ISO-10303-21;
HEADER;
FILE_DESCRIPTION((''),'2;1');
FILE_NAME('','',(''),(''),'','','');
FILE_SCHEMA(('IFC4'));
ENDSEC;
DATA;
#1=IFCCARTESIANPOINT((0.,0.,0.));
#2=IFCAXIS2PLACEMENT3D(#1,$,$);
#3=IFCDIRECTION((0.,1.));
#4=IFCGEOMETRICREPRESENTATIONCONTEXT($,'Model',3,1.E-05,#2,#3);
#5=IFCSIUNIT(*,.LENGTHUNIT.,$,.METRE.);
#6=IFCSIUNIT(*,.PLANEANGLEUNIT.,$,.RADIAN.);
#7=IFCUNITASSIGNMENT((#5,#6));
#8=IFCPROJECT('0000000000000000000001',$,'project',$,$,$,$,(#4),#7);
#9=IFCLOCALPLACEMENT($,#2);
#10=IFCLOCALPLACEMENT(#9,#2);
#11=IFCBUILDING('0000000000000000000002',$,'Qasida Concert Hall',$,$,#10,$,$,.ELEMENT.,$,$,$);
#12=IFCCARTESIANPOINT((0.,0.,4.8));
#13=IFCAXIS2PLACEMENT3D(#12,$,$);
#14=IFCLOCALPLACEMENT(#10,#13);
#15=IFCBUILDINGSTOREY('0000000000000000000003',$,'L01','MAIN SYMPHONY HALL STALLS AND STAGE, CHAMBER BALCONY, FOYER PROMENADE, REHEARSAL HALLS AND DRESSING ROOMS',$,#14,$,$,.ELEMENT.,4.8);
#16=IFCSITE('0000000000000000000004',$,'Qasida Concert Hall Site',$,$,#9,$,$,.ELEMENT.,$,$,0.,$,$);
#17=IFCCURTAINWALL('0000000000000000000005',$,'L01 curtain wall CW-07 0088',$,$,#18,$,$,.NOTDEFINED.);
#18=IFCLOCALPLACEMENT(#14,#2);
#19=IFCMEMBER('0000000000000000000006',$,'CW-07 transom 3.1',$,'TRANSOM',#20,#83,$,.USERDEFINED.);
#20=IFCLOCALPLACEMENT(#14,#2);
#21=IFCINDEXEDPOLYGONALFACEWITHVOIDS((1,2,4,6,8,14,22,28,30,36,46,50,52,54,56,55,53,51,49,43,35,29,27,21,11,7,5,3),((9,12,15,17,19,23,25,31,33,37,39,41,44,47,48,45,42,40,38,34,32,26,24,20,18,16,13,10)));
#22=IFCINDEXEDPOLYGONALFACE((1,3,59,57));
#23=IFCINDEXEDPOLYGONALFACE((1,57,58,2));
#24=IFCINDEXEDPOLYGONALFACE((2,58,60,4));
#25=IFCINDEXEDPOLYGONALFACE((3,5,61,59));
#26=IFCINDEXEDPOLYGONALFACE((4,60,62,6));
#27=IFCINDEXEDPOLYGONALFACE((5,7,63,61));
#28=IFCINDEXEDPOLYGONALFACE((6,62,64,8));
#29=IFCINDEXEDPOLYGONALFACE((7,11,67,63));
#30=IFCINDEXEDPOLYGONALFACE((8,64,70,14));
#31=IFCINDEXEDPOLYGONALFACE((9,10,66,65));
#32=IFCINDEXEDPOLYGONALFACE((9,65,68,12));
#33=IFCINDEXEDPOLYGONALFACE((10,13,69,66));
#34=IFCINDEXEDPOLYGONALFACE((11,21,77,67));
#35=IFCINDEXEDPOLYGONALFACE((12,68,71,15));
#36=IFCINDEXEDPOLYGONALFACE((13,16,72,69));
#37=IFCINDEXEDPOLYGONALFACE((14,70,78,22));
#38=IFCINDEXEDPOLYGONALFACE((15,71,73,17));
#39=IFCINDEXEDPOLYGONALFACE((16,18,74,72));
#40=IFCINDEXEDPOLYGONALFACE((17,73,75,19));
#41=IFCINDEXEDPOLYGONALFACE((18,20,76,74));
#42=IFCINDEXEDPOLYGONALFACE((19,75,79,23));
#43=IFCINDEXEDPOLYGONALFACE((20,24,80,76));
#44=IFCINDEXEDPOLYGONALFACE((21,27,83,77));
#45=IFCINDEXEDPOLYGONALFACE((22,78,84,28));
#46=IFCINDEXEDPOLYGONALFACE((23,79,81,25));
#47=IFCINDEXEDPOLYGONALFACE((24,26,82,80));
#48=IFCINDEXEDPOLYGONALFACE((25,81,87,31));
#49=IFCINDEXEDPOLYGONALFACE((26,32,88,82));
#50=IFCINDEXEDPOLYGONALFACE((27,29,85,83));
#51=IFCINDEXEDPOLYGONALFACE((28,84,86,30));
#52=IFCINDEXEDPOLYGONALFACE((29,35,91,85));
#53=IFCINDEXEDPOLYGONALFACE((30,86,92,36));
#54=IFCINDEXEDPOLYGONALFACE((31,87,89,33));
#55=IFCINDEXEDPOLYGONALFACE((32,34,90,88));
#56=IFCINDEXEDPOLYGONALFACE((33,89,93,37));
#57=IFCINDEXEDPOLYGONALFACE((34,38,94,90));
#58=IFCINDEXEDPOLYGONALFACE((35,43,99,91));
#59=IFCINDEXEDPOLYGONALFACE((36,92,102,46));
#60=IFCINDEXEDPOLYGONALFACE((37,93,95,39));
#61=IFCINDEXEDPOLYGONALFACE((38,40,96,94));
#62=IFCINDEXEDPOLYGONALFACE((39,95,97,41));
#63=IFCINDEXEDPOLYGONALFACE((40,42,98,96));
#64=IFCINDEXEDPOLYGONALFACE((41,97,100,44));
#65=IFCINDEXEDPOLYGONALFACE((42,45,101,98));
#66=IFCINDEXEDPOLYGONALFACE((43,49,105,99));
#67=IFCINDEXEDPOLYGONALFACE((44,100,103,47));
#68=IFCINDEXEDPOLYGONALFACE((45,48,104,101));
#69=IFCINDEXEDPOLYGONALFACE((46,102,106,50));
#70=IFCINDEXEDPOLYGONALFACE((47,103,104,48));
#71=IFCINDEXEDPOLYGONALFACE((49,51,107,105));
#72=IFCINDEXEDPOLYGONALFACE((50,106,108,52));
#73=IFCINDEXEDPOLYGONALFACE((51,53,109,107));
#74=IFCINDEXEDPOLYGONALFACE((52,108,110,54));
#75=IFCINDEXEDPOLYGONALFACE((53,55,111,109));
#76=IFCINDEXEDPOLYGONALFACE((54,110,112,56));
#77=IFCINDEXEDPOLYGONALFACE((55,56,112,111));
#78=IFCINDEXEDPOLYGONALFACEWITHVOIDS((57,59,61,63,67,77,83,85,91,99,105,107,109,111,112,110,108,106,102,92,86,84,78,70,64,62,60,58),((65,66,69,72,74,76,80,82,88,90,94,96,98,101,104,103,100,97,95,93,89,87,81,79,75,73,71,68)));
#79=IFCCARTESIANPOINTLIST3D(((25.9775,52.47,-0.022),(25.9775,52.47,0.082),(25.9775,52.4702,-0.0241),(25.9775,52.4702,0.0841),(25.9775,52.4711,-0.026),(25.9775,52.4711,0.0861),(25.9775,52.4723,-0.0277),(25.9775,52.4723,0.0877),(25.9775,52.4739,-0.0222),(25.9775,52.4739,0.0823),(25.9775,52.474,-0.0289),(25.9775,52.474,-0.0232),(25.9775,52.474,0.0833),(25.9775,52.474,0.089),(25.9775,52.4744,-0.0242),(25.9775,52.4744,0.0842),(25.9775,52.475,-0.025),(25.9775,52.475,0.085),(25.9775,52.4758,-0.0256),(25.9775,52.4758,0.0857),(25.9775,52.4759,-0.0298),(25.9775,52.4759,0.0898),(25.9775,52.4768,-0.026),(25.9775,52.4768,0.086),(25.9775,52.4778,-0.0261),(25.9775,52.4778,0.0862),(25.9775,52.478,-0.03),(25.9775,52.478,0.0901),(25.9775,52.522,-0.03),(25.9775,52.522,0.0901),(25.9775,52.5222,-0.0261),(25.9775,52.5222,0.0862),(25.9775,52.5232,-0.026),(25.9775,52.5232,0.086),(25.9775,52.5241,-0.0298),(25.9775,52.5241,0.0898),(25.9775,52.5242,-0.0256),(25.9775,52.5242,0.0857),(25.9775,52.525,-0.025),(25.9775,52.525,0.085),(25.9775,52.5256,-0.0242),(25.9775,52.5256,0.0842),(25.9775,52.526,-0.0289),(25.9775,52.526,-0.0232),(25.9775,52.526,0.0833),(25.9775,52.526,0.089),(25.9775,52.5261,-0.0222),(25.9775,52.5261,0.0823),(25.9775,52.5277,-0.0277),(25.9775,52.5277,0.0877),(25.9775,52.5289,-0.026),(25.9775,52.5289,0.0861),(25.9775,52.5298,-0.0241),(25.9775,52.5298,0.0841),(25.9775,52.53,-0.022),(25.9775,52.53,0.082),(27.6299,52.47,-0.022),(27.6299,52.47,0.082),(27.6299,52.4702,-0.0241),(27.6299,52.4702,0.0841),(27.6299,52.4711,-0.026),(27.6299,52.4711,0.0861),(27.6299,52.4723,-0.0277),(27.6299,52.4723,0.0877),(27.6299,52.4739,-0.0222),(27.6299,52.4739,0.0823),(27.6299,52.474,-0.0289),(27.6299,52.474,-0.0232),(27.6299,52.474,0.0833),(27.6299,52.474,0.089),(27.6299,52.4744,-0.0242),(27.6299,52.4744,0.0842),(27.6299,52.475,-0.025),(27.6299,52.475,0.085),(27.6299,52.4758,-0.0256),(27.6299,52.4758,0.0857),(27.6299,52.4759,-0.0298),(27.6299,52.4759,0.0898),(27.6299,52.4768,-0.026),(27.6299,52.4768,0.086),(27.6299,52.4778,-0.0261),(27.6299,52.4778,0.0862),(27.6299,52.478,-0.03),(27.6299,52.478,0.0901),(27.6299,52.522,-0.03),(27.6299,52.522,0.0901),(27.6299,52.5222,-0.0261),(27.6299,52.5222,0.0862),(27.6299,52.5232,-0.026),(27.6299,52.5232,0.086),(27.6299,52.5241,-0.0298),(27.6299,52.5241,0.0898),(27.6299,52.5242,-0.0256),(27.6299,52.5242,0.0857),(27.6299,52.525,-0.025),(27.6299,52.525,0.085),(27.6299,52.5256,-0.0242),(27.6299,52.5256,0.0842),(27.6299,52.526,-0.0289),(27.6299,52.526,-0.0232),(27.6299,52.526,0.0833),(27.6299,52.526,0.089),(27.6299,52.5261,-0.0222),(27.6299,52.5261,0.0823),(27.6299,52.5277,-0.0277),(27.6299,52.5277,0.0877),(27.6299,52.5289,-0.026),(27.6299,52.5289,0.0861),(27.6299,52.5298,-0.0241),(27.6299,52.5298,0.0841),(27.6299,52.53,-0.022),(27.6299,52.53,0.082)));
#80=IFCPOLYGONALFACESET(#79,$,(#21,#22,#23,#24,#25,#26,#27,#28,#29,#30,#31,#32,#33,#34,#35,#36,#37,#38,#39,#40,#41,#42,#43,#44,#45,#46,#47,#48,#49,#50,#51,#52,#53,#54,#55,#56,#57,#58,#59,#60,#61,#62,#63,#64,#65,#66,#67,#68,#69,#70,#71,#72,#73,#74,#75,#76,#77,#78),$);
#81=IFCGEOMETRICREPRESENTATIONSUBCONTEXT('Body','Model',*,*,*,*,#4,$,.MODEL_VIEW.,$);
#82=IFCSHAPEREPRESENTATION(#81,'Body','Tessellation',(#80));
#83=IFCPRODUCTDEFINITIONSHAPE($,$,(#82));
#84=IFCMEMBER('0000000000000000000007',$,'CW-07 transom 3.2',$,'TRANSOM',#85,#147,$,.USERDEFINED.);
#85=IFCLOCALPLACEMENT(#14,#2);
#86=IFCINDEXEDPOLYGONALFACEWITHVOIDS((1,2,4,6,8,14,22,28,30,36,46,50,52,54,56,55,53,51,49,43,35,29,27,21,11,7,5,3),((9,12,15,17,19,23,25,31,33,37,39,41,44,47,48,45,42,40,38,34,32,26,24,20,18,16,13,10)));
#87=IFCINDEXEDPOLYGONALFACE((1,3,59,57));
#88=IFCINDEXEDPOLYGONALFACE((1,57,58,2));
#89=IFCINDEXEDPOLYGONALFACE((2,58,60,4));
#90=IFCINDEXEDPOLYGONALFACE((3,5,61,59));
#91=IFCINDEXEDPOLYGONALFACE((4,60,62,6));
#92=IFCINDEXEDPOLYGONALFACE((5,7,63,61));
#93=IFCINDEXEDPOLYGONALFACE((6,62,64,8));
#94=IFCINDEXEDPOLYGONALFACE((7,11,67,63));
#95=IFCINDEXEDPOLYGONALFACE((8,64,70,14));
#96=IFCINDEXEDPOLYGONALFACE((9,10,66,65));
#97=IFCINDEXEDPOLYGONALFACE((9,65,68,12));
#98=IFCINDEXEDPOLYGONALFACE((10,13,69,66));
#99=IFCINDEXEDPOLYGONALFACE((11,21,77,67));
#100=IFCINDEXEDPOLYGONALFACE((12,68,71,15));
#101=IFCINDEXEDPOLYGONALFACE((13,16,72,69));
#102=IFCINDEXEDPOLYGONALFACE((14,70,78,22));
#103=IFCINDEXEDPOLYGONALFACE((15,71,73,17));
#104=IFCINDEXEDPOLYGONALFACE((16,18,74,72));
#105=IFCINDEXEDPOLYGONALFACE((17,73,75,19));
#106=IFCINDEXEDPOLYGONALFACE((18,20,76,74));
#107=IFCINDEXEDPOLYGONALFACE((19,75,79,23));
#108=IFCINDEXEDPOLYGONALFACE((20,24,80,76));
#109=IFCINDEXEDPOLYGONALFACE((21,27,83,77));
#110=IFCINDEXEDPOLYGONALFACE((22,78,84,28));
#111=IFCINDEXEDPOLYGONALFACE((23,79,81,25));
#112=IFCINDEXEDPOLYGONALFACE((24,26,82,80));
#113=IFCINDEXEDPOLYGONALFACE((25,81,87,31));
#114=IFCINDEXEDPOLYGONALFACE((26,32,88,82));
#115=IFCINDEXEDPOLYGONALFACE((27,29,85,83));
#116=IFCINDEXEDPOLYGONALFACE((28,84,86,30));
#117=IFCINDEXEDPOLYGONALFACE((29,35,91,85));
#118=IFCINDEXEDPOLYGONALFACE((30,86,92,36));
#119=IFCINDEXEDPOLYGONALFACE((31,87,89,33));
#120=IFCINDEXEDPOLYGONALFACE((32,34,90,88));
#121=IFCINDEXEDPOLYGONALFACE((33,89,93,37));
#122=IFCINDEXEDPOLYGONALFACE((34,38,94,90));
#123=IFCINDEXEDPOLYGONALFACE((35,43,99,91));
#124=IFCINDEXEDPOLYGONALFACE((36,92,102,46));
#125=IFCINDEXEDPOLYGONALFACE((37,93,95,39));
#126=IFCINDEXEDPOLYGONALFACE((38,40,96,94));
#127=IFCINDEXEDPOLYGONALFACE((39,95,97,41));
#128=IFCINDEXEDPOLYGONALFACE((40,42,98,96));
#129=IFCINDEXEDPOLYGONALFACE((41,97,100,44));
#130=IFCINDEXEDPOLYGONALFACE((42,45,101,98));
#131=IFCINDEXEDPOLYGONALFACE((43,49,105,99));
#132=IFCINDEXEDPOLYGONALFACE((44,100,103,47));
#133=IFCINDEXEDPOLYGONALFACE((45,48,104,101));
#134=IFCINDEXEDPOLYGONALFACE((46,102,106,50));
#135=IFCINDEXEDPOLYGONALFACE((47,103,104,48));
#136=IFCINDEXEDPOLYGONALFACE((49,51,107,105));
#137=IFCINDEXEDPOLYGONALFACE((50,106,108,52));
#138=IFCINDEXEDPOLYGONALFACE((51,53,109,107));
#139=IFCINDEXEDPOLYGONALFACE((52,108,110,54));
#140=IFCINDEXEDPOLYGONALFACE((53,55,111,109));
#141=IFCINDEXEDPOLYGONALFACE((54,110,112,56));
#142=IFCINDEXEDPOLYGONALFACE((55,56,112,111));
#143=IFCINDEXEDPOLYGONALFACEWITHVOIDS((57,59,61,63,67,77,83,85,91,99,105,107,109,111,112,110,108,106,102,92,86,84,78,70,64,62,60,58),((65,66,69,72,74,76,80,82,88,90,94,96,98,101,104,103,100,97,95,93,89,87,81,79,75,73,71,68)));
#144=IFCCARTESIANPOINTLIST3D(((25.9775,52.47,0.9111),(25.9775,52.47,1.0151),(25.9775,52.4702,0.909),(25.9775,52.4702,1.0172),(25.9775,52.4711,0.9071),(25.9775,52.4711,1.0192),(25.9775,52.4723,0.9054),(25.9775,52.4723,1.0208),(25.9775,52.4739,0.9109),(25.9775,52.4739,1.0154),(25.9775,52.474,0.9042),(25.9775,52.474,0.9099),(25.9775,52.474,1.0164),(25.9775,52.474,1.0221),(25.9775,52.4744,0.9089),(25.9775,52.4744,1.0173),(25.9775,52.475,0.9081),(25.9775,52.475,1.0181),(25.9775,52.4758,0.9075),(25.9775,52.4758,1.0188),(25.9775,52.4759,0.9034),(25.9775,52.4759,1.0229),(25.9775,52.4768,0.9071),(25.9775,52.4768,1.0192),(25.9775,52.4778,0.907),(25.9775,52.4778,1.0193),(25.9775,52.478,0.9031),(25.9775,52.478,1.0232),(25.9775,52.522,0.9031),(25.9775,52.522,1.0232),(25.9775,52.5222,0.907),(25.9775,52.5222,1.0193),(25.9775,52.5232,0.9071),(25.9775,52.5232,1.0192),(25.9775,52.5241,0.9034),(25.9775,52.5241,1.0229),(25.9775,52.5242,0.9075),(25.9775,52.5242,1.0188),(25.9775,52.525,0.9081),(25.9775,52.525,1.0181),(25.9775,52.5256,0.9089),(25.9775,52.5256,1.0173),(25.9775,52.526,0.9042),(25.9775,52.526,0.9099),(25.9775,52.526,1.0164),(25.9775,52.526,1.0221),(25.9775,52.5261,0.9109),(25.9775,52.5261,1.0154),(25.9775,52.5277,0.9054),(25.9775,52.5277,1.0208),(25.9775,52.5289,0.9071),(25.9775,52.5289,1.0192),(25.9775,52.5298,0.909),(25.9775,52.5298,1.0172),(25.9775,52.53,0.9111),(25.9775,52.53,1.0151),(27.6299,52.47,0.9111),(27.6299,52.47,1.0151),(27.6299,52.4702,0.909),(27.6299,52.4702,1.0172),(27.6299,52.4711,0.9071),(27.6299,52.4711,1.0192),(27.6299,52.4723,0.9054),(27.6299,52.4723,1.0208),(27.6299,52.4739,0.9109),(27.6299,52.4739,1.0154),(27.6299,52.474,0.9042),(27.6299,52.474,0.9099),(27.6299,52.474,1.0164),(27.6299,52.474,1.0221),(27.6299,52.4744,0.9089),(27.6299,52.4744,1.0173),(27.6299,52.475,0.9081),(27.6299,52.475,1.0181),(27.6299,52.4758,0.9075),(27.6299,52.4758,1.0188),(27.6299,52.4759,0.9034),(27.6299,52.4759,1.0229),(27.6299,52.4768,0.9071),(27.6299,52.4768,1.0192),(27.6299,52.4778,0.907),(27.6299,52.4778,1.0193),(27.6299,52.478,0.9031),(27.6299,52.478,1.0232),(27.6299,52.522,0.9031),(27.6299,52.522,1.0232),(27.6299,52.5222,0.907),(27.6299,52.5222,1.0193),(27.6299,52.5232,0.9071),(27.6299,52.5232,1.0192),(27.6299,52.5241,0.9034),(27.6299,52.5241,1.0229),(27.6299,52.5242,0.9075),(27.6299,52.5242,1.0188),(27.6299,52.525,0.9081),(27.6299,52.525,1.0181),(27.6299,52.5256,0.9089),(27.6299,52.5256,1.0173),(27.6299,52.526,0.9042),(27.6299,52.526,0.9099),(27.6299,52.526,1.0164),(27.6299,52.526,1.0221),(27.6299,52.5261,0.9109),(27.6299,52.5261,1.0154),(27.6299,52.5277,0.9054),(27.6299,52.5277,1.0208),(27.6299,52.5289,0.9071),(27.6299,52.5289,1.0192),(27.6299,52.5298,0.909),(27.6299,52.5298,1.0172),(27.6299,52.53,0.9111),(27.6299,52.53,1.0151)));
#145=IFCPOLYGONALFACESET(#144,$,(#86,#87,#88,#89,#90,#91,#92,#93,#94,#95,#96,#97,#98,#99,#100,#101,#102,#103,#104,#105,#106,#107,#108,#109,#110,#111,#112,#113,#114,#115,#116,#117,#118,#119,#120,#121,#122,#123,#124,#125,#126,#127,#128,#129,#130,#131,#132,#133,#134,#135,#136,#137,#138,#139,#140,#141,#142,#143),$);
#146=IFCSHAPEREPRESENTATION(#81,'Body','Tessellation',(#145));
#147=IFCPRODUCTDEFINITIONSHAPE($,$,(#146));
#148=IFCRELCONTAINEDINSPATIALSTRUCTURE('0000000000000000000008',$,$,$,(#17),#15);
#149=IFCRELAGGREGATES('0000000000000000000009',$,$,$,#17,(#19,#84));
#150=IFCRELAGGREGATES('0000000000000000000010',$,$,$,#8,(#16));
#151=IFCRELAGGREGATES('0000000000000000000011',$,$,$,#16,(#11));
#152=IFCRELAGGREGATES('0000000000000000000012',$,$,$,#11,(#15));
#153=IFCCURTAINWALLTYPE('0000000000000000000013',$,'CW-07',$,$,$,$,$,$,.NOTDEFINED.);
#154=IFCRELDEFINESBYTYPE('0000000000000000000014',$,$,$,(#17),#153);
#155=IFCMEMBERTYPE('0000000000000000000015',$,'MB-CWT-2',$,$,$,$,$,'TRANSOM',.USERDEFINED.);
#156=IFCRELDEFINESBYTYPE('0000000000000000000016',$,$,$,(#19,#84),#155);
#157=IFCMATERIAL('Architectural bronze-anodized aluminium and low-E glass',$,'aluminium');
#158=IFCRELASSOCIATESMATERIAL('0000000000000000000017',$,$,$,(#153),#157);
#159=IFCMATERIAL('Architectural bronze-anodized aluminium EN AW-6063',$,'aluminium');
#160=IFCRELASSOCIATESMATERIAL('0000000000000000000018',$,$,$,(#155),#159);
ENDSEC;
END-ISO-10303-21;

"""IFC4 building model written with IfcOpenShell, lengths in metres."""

from ifc_helpers import new_model, si_unit, direction, frame, origin, origin_2d, place, context, subcontext, project, spatial, hollow_rectangle, extrude, material, material_profile, profile_set, type_object, element, aggregate, save


model = new_model("IFC4")

# Units and contexts
model_context = context("Model", 3, precision=1e-05, world=origin(), true_north=direction((0.0, 1.0)))
body_context = subcontext(model_context, "Body", "Model", "MODEL_VIEW")
ifc_project = project(units=[si_unit("LENGTHUNIT", "METRE"), si_unit("PLANEANGLEUNIT", "RADIAN")], contexts=[model_context])

# Site, building, storey
site_placement = place(None, origin())
site = spatial("IfcSite", under=ifc_project, at=site_placement, Name="Qasida Concert Hall Site", CompositionType="ELEMENT", RefElevation=0.0)
building_placement = place(site_placement, origin())
building = spatial("IfcBuilding", under=site, at=building_placement, Name="Qasida Concert Hall", CompositionType="ELEMENT")
storey_placement = place(building_placement, frame((0.0, 0.0, 4.8)))
storey = spatial("IfcBuildingStorey", under=building, at=storey_placement, Name="L01", Description="MAIN SYMPHONY HALL STALLS AND STAGE, CHAMBER BALCONY, FOYER PROMENADE, REHEARSAL HALLS AND DRESSING ROOMS", CompositionType="ELEMENT", Elevation=4.8)

# Curtain wall, members
ifc_material_1 = material(Name="Architectural bronze-anodized aluminium and low-E glass", Category="aluminium")
curtain_wall_type = type_object("IfcCurtainWallType", Name="CW-07", PredefinedType="NOTDEFINED", material=ifc_material_1)
curtain_wall_placement = place(storey_placement, origin())
curtain_wall = element("IfcCurtainWall", 1, at=curtain_wall_placement, inside=storey, type_object=curtain_wall_type, Name="L01 curtain wall CW-07 0088", PredefinedType="NOTDEFINED")
ifc_material_2 = material(Name="Architectural bronze-anodized aluminium EN AW-6063", Category="aluminium")
ifc_material_profile_1 = material_profile(ifc_material_2, hollow_rectangle(XDim=0.0601, YDim=0.1201, WallThickness=0.0039, InnerFilletRadius=0.0039, OuterFilletRadius=0.0081, at=origin_2d()), Name="CWT 120x60x4")
ifc_profile_set_1 = profile_set([ifc_material_profile_1], Name="Architectural bronze-anodized aluminium EN AW-6063")
member_type_1 = type_object("IfcMemberType", Name="MB-CWT-2", ElementType="TRANSOM", PredefinedType="USERDEFINED", material=ifc_profile_set_1)
member_1_placement = place(storey_placement, frame((25.9775, 52.5, 0.03), z_axis=(1.0, 0.0, 0.0), x_axis=(0.0, 1.0, 0.0)))
member_1 = element("IfcMember", 2, at=member_1_placement, type_object=member_type_1, Name="CW-07 transom 3.1", ObjectType="TRANSOM", PredefinedType="USERDEFINED", context=body_context, shape_type="SweptSolid", body=[
    extrude(hollow_rectangle(XDim=0.0601, YDim=0.1201, WallThickness=0.0039, InnerFilletRadius=0.0039, OuterFilletRadius=0.0081, at=origin_2d()), origin(), (0.0, 0.0, 1.0), 1.6523),
])
member_2_placement = place(storey_placement, frame((25.9775, 52.5, 0.9631), z_axis=(1.0, 0.0, 0.0), x_axis=(0.0, 1.0, 0.0)))
member_2 = element("IfcMember", 3, at=member_2_placement, type_object=member_type_1, Name="CW-07 transom 3.2", ObjectType="TRANSOM", PredefinedType="USERDEFINED", context=body_context, shape_type="SweptSolid", body=[
    extrude(hollow_rectangle(XDim=0.0601, YDim=0.1201, WallThickness=0.0039, InnerFilletRadius=0.0039, OuterFilletRadius=0.0081, at=origin_2d()), origin(), (0.0, 0.0, 1.0), 1.6523),
])
aggregate(curtain_wall, [member_1, member_2])

save(model, "model.ifc")
